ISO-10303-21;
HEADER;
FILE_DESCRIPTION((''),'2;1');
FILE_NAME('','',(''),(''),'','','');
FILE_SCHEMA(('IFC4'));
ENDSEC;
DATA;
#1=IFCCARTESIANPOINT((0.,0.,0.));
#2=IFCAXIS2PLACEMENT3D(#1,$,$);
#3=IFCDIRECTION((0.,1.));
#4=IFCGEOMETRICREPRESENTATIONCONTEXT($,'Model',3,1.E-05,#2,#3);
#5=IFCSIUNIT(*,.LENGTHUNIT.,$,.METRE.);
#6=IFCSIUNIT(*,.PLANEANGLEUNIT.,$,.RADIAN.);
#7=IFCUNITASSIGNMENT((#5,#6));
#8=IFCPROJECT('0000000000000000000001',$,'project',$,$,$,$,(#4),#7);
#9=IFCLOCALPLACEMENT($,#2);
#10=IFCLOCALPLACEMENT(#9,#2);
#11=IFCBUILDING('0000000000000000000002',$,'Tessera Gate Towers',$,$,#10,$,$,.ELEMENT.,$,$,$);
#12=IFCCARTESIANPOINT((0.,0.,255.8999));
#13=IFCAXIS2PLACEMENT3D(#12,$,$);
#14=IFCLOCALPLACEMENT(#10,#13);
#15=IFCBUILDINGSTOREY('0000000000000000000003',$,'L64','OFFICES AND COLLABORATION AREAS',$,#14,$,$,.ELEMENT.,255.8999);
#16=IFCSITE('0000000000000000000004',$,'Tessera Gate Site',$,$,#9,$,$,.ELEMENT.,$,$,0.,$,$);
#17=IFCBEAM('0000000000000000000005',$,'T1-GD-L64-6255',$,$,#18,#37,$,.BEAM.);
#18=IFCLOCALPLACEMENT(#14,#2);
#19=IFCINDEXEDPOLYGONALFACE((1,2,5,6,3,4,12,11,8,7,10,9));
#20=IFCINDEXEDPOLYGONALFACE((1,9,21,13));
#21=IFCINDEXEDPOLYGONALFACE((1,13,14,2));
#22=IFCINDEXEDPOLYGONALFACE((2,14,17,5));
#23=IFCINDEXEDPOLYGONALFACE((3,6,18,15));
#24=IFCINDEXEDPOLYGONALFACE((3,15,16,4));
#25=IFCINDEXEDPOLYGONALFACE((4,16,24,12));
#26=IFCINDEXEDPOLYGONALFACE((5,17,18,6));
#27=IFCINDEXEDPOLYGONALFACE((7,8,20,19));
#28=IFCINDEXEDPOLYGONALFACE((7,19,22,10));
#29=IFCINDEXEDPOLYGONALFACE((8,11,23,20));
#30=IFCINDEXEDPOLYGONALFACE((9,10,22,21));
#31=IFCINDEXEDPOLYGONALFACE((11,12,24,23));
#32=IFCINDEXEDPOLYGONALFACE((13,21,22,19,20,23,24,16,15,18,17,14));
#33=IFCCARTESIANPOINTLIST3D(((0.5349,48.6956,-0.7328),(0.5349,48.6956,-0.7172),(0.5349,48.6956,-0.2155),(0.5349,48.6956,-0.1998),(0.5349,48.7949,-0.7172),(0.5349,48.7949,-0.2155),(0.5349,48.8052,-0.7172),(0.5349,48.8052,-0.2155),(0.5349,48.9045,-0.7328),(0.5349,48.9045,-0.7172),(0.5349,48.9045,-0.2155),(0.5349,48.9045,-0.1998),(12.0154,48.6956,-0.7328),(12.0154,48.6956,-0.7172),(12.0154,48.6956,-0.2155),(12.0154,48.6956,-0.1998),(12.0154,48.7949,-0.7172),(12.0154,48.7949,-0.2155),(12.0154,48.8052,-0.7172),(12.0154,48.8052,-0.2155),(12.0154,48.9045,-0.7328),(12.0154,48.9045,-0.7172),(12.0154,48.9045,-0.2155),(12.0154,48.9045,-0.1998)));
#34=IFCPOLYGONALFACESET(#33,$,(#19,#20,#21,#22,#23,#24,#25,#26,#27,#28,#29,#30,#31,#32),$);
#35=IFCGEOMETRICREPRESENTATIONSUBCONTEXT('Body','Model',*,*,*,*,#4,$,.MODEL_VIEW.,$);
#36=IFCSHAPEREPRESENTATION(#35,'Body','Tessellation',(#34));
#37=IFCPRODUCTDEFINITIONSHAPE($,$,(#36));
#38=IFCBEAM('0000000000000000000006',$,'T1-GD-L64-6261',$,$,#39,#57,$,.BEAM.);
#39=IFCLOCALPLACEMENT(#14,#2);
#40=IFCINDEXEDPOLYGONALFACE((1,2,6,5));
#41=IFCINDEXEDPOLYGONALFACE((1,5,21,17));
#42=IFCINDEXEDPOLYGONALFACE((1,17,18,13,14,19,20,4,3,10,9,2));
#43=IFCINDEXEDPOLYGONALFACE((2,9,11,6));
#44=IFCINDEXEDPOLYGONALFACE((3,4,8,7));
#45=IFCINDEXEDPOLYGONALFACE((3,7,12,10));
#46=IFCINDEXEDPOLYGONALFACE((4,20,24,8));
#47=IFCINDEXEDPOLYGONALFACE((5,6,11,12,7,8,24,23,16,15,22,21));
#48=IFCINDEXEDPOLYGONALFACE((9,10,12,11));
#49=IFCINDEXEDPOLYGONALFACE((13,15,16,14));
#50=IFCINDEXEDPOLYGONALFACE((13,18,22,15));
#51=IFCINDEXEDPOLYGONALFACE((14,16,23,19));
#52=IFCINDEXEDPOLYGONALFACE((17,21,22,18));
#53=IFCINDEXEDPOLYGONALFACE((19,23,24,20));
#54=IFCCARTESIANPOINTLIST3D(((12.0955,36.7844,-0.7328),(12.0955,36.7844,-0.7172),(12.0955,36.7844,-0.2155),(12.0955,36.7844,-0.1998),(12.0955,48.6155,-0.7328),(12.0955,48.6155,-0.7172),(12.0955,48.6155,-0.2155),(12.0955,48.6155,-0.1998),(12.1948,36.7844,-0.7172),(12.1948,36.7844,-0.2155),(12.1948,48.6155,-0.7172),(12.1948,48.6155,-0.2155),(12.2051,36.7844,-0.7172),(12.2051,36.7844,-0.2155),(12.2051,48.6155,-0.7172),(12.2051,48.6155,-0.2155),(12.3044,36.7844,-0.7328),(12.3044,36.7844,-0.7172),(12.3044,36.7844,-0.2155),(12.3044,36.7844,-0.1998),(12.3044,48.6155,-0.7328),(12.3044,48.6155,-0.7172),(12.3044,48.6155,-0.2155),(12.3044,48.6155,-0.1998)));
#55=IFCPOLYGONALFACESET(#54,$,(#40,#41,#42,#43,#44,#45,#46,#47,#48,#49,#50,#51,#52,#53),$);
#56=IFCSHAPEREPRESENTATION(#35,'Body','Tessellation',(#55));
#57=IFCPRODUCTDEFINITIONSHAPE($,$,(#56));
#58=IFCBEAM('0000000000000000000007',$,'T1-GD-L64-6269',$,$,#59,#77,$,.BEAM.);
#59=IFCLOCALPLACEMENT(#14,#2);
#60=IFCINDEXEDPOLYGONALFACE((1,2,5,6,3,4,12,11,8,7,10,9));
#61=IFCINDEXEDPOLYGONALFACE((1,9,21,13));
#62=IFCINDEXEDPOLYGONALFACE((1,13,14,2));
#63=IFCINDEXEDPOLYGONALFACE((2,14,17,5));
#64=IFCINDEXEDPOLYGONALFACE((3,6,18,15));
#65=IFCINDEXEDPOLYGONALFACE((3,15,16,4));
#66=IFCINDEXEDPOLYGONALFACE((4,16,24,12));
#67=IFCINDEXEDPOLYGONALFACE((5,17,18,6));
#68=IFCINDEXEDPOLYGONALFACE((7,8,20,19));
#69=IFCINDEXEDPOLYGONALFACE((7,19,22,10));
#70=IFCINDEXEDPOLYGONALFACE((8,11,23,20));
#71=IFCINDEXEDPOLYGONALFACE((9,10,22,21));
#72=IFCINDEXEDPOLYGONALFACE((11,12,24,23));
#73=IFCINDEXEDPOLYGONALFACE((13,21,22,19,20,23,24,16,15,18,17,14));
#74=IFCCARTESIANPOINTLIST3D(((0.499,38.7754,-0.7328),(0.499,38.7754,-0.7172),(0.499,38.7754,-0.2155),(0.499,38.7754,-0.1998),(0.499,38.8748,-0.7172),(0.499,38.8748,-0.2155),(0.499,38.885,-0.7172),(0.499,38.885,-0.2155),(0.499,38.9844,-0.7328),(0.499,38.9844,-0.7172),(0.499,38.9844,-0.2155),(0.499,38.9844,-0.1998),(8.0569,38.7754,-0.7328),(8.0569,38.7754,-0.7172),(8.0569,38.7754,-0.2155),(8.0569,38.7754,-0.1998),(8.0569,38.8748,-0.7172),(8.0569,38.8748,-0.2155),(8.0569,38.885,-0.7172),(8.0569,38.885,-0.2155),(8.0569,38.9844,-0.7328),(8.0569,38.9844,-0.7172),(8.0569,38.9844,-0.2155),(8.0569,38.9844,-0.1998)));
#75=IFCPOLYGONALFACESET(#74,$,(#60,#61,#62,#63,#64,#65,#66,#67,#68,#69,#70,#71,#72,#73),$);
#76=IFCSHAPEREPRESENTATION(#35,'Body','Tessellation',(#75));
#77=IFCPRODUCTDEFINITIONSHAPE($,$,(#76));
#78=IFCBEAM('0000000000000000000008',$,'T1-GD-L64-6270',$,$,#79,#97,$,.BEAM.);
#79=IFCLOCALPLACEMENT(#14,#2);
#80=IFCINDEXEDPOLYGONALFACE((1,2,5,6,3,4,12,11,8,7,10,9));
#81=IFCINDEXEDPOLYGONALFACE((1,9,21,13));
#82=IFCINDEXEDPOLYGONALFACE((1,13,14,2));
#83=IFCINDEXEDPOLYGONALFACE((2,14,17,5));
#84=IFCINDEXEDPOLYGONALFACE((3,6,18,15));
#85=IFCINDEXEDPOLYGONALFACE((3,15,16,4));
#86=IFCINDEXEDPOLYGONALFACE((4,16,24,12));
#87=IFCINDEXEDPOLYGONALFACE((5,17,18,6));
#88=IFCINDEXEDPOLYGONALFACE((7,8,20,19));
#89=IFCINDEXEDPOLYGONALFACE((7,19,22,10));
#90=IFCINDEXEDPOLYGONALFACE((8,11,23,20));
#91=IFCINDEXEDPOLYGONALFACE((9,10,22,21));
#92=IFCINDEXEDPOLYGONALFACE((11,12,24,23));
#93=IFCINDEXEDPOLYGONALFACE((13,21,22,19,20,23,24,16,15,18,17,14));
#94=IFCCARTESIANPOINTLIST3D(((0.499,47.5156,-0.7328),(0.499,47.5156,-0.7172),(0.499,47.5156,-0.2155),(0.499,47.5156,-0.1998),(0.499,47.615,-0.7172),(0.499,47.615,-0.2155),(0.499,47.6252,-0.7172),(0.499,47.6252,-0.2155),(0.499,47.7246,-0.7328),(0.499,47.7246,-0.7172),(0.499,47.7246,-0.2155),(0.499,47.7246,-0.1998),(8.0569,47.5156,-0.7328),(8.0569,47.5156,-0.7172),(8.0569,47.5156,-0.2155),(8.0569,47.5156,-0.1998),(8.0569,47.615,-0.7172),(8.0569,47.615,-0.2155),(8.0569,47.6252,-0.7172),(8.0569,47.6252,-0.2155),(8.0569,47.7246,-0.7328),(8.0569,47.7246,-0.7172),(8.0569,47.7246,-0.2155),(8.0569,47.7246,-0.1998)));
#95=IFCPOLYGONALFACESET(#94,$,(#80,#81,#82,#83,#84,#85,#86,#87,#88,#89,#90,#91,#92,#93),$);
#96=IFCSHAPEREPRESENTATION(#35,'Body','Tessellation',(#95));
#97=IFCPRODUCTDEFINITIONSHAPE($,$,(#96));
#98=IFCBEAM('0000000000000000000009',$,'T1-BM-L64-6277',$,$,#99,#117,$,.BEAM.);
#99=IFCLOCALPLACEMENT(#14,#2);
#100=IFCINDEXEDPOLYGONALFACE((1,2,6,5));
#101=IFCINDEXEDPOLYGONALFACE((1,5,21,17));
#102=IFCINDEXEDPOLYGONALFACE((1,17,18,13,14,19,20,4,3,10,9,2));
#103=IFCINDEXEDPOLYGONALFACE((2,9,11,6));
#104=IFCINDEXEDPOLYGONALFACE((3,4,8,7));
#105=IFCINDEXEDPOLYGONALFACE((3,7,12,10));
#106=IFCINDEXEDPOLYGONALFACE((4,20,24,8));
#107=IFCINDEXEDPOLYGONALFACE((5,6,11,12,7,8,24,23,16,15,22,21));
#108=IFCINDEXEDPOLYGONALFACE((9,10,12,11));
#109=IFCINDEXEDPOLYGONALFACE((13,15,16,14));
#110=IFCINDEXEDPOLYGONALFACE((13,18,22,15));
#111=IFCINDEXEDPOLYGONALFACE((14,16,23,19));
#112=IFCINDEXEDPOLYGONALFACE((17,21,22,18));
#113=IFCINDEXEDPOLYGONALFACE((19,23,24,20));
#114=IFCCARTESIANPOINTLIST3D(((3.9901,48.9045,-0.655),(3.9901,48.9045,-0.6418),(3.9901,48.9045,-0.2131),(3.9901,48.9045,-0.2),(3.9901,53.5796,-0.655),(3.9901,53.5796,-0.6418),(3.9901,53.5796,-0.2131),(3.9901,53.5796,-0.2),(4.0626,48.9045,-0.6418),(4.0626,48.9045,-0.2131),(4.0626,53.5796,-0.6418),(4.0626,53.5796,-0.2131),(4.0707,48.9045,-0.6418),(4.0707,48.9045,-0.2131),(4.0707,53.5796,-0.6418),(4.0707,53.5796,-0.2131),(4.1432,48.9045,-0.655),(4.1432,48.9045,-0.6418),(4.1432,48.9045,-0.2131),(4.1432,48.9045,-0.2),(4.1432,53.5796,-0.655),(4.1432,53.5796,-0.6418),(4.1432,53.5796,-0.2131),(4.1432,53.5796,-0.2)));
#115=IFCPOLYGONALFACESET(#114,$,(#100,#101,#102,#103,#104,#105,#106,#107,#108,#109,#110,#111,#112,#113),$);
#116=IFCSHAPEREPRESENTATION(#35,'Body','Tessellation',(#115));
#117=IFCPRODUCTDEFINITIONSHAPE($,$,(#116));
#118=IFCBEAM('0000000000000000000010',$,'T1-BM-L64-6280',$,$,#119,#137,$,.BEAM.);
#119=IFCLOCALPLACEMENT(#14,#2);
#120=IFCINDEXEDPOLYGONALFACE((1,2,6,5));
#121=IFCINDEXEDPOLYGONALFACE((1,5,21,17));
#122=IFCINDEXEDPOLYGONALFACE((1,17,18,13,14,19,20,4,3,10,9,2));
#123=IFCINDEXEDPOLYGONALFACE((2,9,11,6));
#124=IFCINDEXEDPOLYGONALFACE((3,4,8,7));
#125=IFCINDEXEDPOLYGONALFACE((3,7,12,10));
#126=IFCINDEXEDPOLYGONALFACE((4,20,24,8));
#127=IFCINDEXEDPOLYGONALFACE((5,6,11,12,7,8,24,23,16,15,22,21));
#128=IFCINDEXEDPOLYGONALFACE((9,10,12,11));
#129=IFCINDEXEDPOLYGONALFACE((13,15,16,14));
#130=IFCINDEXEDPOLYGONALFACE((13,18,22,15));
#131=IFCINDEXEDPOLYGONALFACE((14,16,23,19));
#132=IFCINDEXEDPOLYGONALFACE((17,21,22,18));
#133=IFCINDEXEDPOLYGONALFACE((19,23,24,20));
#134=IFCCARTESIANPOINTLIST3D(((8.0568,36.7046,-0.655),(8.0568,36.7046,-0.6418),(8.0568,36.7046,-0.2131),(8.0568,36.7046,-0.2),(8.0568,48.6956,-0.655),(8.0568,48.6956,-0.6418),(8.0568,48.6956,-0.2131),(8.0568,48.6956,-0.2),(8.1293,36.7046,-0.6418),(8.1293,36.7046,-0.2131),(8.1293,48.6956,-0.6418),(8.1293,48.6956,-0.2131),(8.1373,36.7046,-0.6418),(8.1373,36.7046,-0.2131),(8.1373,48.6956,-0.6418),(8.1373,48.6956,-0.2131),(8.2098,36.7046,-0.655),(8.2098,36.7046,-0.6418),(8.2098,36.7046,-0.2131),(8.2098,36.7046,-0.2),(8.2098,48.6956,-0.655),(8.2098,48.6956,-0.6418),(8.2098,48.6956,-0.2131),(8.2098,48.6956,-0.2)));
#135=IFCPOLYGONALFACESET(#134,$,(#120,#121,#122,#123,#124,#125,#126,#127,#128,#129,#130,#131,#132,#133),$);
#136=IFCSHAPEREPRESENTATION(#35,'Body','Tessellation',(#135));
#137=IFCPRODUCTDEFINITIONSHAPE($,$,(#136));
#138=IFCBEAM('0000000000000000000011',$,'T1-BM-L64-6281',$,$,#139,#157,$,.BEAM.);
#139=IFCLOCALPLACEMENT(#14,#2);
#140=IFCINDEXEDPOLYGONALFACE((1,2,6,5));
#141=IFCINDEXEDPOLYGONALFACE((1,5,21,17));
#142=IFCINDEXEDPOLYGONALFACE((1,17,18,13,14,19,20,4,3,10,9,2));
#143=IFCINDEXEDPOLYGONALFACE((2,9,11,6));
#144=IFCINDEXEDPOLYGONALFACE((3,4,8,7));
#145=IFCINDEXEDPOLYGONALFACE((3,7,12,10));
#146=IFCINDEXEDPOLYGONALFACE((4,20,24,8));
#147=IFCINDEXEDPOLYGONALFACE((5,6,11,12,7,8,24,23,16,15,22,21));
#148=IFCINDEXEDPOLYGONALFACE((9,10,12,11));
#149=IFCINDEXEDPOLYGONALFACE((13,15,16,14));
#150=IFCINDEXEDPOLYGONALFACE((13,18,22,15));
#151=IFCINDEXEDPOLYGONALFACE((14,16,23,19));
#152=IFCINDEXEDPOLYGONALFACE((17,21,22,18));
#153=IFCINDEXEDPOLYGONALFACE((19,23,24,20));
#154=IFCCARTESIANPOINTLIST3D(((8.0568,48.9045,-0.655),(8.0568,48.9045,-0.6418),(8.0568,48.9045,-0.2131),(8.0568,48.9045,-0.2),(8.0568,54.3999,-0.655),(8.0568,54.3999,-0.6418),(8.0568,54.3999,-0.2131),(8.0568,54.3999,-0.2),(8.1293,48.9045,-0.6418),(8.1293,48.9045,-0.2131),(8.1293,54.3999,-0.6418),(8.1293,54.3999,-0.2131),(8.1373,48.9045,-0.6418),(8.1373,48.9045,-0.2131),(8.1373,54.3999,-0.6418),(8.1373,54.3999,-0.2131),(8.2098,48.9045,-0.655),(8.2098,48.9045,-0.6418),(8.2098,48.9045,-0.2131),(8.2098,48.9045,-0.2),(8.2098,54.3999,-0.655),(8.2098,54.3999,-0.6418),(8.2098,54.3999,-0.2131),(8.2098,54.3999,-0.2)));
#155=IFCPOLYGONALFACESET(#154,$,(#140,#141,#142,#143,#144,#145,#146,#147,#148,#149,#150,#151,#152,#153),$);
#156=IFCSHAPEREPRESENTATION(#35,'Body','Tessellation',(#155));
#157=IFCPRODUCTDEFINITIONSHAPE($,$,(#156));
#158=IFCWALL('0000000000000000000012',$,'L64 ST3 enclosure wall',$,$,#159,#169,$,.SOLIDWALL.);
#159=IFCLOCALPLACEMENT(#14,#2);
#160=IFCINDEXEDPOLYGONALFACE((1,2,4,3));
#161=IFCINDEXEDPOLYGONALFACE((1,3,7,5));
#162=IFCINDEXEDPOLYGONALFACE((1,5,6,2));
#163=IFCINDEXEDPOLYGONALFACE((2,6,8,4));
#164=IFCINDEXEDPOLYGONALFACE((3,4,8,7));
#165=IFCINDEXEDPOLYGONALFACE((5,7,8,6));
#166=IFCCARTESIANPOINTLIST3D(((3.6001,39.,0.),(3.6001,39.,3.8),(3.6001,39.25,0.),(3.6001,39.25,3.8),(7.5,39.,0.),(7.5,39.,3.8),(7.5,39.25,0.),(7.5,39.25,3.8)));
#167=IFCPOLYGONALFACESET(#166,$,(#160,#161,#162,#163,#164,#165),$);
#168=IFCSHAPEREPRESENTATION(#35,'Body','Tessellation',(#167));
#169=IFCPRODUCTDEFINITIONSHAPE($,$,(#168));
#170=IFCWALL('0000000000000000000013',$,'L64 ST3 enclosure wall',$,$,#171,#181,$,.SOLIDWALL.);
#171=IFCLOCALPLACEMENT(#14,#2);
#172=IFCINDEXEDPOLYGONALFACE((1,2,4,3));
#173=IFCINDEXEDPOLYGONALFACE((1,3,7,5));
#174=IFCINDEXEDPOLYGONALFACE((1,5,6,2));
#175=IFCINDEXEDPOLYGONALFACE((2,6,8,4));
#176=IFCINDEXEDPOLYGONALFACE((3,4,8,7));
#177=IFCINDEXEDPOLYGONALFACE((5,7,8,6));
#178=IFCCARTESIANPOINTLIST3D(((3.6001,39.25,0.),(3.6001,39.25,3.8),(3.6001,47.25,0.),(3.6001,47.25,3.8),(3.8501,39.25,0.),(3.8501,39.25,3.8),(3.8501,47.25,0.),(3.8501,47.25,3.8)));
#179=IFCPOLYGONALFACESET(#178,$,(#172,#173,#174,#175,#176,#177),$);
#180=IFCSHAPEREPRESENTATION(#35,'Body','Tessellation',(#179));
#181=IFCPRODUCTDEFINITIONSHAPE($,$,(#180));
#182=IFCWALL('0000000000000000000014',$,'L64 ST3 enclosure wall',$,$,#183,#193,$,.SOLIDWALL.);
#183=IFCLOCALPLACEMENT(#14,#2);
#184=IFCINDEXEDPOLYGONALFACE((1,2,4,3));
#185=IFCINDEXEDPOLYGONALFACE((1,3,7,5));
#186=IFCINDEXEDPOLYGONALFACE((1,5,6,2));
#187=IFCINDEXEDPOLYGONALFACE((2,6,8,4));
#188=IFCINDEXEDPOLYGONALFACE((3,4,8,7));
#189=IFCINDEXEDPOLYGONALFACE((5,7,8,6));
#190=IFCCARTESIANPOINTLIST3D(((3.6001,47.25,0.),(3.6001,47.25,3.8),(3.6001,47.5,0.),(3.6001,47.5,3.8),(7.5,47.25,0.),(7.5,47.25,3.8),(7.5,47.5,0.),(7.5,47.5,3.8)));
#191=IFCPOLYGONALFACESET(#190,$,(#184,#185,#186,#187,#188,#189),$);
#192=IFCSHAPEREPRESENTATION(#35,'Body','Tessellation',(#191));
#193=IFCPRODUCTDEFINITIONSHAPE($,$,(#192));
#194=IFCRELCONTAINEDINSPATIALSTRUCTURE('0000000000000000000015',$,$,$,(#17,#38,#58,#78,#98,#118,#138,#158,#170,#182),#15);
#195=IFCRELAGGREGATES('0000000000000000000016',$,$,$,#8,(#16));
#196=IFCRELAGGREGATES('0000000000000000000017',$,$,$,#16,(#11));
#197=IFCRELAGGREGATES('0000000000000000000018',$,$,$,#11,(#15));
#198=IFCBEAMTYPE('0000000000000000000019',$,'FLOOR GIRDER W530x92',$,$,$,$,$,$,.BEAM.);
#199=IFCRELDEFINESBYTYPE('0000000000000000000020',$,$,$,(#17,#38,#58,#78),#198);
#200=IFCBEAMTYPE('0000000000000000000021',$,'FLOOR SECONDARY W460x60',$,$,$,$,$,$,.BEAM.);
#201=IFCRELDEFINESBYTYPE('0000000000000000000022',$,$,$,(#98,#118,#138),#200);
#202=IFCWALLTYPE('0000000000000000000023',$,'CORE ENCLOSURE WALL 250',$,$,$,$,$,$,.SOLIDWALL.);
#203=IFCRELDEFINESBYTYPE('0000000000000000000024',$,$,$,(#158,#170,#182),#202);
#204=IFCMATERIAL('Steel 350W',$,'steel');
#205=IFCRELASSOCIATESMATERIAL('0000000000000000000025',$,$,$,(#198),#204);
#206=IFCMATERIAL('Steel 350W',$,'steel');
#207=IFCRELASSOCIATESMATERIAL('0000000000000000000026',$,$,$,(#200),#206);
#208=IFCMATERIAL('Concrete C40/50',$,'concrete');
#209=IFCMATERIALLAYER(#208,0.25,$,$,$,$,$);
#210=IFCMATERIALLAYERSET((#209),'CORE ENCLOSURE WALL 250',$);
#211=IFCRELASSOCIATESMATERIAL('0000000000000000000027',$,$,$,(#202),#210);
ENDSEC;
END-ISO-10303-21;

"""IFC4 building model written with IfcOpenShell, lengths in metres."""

from ifc_helpers import new_model, si_unit, direction, frame, frame_2d, origin, origin_2d, place, context, subcontext, project, spatial, rectangle, i_section, extrude, material, layer, layer_set, material_profile, profile_set, type_object, element, save


model = new_model("IFC4")

# Units and contexts
model_context = context("Model", 3, precision=1e-05, world=origin(), true_north=direction((0.0, 1.0)))
body_context = subcontext(model_context, "Body", "Model", "MODEL_VIEW")
ifc_project = project(units=[si_unit("LENGTHUNIT", "METRE"), si_unit("PLANEANGLEUNIT", "RADIAN")], contexts=[model_context])

# Site, building, storey
site_placement = place(None, origin())
site = spatial("IfcSite", under=ifc_project, at=site_placement, Name="Tessera Gate Site", CompositionType="ELEMENT", RefElevation=0.0)
building_placement = place(site_placement, origin())
building = spatial("IfcBuilding", under=site, at=building_placement, Name="Tessera Gate Towers", CompositionType="ELEMENT")
storey_placement = place(building_placement, frame((0.0, 0.0, 255.8999)))
storey = spatial("IfcBuildingStorey", under=building, at=storey_placement, Name="L64", Description="OFFICES AND COLLABORATION AREAS", CompositionType="ELEMENT", Elevation=255.8999)

# Beams
ifc_material_1 = material(Name="Steel 350W", Category="steel")
ifc_material_profile_1 = material_profile(ifc_material_1, i_section(OverallWidth=0.209, OverallDepth=0.533, WebThickness=0.0103, FlangeThickness=0.0156, at=origin_2d()), Name="W530x92")
ifc_profile_set_1 = profile_set([ifc_material_profile_1], Name="Steel 350W")
beam_type_1 = type_object("IfcBeamType", Name="FLOOR GIRDER W530x92", PredefinedType="BEAM", material=ifc_profile_set_1)
beam_1_placement = place(storey_placement, frame((0.5349, 48.8, -0.4663), z_axis=(1.0, 0.0, 0.0), x_axis=(0.0, 1.0, 0.0)))
element("IfcBeam", 1, at=beam_1_placement, inside=storey, type_object=beam_type_1, Name="T1-GD-L64-6255", PredefinedType="BEAM", context=body_context, shape_type="SweptSolid", body=[
    extrude(i_section(OverallWidth=0.209, OverallDepth=0.533, WebThickness=0.0103, FlangeThickness=0.0156, at=origin_2d()), origin(), (0.0, 0.0, 1.0), 11.4805),
])
beam_2_placement = place(storey_placement, frame((12.2, 36.7844, -0.4663), z_axis=(0.0, 1.0, 0.0), x_axis=(-1.0, 0.0, 0.0)))
element("IfcBeam", 2, at=beam_2_placement, inside=storey, type_object=beam_type_1, Name="T1-GD-L64-6261", PredefinedType="BEAM", context=body_context, shape_type="SweptSolid", body=[
    extrude(i_section(OverallWidth=0.209, OverallDepth=0.533, WebThickness=0.0103, FlangeThickness=0.0156, at=origin_2d()), origin(), (0.0, 0.0, 1.0), 11.8311),
])
for number, where, z_axis, x_axis, name in (
    (3, (0.499, 38.8799, -0.4663), (1.0, 0.0, 0.0), (0.0, 1.0, 0.0), "T1-GD-L64-6269"),
    (4, (0.499, 47.6201, -0.4663), (1.0, 0.0, 0.0), (0.0, 1.0, 0.0), "T1-GD-L64-6270"),
):
    element("IfcBeam", number, at=place(storey_placement, frame(where, z_axis=z_axis, x_axis=x_axis)), inside=storey, type_object=beam_type_1, Name=name, PredefinedType="BEAM", context=body_context, shape_type="SweptSolid", body=[
        extrude(i_section(OverallWidth=0.209, OverallDepth=0.533, WebThickness=0.0103, FlangeThickness=0.0156, at=origin_2d()), origin(), (0.0, 0.0, 1.0), 7.5579),
    ])
ifc_material_2 = material(Name="Steel 350W", Category="steel")
ifc_material_profile_2 = material_profile(ifc_material_2, i_section(OverallWidth=0.1531, OverallDepth=0.4551, WebThickness=0.0081, FlangeThickness=0.0132, at=origin_2d()), Name="W460x60")
ifc_profile_set_2 = profile_set([ifc_material_profile_2], Name="Steel 350W")
beam_type_2 = type_object("IfcBeamType", Name="FLOOR SECONDARY W460x60", PredefinedType="BEAM", material=ifc_profile_set_2)
beam_3_placement = place(storey_placement, frame((4.0667, 48.9045, -0.4275), z_axis=(0.0, 1.0, 0.0), x_axis=(-1.0, 0.0, 0.0)))
element("IfcBeam", 5, at=beam_3_placement, inside=storey, type_object=beam_type_2, Name="T1-BM-L64-6277", PredefinedType="BEAM", context=body_context, shape_type="SweptSolid", body=[
    extrude(i_section(OverallWidth=0.1531, OverallDepth=0.4551, WebThickness=0.0081, FlangeThickness=0.0132, at=origin_2d()), origin(), (0.0, 0.0, 1.0), 4.675),
])
beam_4_placement = place(storey_placement, frame((8.1333, 36.7046, -0.4275), z_axis=(0.0, 1.0, 0.0), x_axis=(-1.0, 0.0, 0.0)))
element("IfcBeam", 6, at=beam_4_placement, inside=storey, type_object=beam_type_2, Name="T1-BM-L64-6280", PredefinedType="BEAM", context=body_context, shape_type="SweptSolid", body=[
    extrude(i_section(OverallWidth=0.1531, OverallDepth=0.4551, WebThickness=0.0081, FlangeThickness=0.0132, at=origin_2d()), origin(), (0.0, 0.0, 1.0), 11.991),
])
beam_5_placement = place(storey_placement, frame((8.1333, 48.9045, -0.4275), z_axis=(0.0, 1.0, 0.0), x_axis=(-1.0, 0.0, 0.0)))
element("IfcBeam", 7, at=beam_5_placement, inside=storey, type_object=beam_type_2, Name="T1-BM-L64-6281", PredefinedType="BEAM", context=body_context, shape_type="SweptSolid", body=[
    extrude(i_section(OverallWidth=0.1531, OverallDepth=0.4551, WebThickness=0.0081, FlangeThickness=0.0132, at=origin_2d()), origin(), (0.0, 0.0, 1.0), 5.4954),
])

# Walls
ifc_material_3 = material(Name="Concrete C40/50", Category="concrete")
ifc_layer_1 = layer(ifc_material_3, 0.25)
ifc_layer_set_1 = layer_set([ifc_layer_1], Name="CORE ENCLOSURE WALL 250")
wall_type_1 = type_object("IfcWallType", Name="CORE ENCLOSURE WALL 250", PredefinedType="SOLIDWALL", material=ifc_layer_set_1)
wall_1_placement = place(storey_placement, frame((7.5, 39.125, 0.0), z_axis=(0.0, 0.0, 1.0), x_axis=(-1.0, 0.0, 0.0)))
element("IfcWall", 8, at=wall_1_placement, inside=storey, type_object=wall_type_1, Name="L64 ST3 enclosure wall", PredefinedType="SOLIDWALL", context=body_context, shape_type="SweptSolid", body=[
    extrude(rectangle(XDim=3.8999, YDim=0.25, at=frame_2d((1.95, 0.0))), origin(), (0.0, 0.0, 1.0), 3.8),
])
wall_2_placement = place(storey_placement, frame((3.7251, 39.25, 0.0), z_axis=(0.0, 0.0, 1.0), x_axis=(0.0, 1.0, 0.0)))
element("IfcWall", 9, at=wall_2_placement, inside=storey, type_object=wall_type_1, Name="L64 ST3 enclosure wall", PredefinedType="SOLIDWALL", context=body_context, shape_type="SweptSolid", body=[
    extrude(rectangle(XDim=8.0, YDim=0.25, at=frame_2d((4.0, 0.0))), origin(), (0.0, 0.0, 1.0), 3.8),
])
wall_3_placement = place(storey_placement, frame((3.6001, 47.375, 0.0), z_axis=(0.0, 0.0, 1.0), x_axis=(1.0, 0.0, 0.0)))
element("IfcWall", 10, at=wall_3_placement, inside=storey, type_object=wall_type_1, Name="L64 ST3 enclosure wall", PredefinedType="SOLIDWALL", context=body_context, shape_type="SweptSolid", body=[
    extrude(rectangle(XDim=3.8999, YDim=0.25, at=frame_2d((1.95, 0.0))), origin(), (0.0, 0.0, 1.0), 3.8),
])

save(model, "model.ifc")
